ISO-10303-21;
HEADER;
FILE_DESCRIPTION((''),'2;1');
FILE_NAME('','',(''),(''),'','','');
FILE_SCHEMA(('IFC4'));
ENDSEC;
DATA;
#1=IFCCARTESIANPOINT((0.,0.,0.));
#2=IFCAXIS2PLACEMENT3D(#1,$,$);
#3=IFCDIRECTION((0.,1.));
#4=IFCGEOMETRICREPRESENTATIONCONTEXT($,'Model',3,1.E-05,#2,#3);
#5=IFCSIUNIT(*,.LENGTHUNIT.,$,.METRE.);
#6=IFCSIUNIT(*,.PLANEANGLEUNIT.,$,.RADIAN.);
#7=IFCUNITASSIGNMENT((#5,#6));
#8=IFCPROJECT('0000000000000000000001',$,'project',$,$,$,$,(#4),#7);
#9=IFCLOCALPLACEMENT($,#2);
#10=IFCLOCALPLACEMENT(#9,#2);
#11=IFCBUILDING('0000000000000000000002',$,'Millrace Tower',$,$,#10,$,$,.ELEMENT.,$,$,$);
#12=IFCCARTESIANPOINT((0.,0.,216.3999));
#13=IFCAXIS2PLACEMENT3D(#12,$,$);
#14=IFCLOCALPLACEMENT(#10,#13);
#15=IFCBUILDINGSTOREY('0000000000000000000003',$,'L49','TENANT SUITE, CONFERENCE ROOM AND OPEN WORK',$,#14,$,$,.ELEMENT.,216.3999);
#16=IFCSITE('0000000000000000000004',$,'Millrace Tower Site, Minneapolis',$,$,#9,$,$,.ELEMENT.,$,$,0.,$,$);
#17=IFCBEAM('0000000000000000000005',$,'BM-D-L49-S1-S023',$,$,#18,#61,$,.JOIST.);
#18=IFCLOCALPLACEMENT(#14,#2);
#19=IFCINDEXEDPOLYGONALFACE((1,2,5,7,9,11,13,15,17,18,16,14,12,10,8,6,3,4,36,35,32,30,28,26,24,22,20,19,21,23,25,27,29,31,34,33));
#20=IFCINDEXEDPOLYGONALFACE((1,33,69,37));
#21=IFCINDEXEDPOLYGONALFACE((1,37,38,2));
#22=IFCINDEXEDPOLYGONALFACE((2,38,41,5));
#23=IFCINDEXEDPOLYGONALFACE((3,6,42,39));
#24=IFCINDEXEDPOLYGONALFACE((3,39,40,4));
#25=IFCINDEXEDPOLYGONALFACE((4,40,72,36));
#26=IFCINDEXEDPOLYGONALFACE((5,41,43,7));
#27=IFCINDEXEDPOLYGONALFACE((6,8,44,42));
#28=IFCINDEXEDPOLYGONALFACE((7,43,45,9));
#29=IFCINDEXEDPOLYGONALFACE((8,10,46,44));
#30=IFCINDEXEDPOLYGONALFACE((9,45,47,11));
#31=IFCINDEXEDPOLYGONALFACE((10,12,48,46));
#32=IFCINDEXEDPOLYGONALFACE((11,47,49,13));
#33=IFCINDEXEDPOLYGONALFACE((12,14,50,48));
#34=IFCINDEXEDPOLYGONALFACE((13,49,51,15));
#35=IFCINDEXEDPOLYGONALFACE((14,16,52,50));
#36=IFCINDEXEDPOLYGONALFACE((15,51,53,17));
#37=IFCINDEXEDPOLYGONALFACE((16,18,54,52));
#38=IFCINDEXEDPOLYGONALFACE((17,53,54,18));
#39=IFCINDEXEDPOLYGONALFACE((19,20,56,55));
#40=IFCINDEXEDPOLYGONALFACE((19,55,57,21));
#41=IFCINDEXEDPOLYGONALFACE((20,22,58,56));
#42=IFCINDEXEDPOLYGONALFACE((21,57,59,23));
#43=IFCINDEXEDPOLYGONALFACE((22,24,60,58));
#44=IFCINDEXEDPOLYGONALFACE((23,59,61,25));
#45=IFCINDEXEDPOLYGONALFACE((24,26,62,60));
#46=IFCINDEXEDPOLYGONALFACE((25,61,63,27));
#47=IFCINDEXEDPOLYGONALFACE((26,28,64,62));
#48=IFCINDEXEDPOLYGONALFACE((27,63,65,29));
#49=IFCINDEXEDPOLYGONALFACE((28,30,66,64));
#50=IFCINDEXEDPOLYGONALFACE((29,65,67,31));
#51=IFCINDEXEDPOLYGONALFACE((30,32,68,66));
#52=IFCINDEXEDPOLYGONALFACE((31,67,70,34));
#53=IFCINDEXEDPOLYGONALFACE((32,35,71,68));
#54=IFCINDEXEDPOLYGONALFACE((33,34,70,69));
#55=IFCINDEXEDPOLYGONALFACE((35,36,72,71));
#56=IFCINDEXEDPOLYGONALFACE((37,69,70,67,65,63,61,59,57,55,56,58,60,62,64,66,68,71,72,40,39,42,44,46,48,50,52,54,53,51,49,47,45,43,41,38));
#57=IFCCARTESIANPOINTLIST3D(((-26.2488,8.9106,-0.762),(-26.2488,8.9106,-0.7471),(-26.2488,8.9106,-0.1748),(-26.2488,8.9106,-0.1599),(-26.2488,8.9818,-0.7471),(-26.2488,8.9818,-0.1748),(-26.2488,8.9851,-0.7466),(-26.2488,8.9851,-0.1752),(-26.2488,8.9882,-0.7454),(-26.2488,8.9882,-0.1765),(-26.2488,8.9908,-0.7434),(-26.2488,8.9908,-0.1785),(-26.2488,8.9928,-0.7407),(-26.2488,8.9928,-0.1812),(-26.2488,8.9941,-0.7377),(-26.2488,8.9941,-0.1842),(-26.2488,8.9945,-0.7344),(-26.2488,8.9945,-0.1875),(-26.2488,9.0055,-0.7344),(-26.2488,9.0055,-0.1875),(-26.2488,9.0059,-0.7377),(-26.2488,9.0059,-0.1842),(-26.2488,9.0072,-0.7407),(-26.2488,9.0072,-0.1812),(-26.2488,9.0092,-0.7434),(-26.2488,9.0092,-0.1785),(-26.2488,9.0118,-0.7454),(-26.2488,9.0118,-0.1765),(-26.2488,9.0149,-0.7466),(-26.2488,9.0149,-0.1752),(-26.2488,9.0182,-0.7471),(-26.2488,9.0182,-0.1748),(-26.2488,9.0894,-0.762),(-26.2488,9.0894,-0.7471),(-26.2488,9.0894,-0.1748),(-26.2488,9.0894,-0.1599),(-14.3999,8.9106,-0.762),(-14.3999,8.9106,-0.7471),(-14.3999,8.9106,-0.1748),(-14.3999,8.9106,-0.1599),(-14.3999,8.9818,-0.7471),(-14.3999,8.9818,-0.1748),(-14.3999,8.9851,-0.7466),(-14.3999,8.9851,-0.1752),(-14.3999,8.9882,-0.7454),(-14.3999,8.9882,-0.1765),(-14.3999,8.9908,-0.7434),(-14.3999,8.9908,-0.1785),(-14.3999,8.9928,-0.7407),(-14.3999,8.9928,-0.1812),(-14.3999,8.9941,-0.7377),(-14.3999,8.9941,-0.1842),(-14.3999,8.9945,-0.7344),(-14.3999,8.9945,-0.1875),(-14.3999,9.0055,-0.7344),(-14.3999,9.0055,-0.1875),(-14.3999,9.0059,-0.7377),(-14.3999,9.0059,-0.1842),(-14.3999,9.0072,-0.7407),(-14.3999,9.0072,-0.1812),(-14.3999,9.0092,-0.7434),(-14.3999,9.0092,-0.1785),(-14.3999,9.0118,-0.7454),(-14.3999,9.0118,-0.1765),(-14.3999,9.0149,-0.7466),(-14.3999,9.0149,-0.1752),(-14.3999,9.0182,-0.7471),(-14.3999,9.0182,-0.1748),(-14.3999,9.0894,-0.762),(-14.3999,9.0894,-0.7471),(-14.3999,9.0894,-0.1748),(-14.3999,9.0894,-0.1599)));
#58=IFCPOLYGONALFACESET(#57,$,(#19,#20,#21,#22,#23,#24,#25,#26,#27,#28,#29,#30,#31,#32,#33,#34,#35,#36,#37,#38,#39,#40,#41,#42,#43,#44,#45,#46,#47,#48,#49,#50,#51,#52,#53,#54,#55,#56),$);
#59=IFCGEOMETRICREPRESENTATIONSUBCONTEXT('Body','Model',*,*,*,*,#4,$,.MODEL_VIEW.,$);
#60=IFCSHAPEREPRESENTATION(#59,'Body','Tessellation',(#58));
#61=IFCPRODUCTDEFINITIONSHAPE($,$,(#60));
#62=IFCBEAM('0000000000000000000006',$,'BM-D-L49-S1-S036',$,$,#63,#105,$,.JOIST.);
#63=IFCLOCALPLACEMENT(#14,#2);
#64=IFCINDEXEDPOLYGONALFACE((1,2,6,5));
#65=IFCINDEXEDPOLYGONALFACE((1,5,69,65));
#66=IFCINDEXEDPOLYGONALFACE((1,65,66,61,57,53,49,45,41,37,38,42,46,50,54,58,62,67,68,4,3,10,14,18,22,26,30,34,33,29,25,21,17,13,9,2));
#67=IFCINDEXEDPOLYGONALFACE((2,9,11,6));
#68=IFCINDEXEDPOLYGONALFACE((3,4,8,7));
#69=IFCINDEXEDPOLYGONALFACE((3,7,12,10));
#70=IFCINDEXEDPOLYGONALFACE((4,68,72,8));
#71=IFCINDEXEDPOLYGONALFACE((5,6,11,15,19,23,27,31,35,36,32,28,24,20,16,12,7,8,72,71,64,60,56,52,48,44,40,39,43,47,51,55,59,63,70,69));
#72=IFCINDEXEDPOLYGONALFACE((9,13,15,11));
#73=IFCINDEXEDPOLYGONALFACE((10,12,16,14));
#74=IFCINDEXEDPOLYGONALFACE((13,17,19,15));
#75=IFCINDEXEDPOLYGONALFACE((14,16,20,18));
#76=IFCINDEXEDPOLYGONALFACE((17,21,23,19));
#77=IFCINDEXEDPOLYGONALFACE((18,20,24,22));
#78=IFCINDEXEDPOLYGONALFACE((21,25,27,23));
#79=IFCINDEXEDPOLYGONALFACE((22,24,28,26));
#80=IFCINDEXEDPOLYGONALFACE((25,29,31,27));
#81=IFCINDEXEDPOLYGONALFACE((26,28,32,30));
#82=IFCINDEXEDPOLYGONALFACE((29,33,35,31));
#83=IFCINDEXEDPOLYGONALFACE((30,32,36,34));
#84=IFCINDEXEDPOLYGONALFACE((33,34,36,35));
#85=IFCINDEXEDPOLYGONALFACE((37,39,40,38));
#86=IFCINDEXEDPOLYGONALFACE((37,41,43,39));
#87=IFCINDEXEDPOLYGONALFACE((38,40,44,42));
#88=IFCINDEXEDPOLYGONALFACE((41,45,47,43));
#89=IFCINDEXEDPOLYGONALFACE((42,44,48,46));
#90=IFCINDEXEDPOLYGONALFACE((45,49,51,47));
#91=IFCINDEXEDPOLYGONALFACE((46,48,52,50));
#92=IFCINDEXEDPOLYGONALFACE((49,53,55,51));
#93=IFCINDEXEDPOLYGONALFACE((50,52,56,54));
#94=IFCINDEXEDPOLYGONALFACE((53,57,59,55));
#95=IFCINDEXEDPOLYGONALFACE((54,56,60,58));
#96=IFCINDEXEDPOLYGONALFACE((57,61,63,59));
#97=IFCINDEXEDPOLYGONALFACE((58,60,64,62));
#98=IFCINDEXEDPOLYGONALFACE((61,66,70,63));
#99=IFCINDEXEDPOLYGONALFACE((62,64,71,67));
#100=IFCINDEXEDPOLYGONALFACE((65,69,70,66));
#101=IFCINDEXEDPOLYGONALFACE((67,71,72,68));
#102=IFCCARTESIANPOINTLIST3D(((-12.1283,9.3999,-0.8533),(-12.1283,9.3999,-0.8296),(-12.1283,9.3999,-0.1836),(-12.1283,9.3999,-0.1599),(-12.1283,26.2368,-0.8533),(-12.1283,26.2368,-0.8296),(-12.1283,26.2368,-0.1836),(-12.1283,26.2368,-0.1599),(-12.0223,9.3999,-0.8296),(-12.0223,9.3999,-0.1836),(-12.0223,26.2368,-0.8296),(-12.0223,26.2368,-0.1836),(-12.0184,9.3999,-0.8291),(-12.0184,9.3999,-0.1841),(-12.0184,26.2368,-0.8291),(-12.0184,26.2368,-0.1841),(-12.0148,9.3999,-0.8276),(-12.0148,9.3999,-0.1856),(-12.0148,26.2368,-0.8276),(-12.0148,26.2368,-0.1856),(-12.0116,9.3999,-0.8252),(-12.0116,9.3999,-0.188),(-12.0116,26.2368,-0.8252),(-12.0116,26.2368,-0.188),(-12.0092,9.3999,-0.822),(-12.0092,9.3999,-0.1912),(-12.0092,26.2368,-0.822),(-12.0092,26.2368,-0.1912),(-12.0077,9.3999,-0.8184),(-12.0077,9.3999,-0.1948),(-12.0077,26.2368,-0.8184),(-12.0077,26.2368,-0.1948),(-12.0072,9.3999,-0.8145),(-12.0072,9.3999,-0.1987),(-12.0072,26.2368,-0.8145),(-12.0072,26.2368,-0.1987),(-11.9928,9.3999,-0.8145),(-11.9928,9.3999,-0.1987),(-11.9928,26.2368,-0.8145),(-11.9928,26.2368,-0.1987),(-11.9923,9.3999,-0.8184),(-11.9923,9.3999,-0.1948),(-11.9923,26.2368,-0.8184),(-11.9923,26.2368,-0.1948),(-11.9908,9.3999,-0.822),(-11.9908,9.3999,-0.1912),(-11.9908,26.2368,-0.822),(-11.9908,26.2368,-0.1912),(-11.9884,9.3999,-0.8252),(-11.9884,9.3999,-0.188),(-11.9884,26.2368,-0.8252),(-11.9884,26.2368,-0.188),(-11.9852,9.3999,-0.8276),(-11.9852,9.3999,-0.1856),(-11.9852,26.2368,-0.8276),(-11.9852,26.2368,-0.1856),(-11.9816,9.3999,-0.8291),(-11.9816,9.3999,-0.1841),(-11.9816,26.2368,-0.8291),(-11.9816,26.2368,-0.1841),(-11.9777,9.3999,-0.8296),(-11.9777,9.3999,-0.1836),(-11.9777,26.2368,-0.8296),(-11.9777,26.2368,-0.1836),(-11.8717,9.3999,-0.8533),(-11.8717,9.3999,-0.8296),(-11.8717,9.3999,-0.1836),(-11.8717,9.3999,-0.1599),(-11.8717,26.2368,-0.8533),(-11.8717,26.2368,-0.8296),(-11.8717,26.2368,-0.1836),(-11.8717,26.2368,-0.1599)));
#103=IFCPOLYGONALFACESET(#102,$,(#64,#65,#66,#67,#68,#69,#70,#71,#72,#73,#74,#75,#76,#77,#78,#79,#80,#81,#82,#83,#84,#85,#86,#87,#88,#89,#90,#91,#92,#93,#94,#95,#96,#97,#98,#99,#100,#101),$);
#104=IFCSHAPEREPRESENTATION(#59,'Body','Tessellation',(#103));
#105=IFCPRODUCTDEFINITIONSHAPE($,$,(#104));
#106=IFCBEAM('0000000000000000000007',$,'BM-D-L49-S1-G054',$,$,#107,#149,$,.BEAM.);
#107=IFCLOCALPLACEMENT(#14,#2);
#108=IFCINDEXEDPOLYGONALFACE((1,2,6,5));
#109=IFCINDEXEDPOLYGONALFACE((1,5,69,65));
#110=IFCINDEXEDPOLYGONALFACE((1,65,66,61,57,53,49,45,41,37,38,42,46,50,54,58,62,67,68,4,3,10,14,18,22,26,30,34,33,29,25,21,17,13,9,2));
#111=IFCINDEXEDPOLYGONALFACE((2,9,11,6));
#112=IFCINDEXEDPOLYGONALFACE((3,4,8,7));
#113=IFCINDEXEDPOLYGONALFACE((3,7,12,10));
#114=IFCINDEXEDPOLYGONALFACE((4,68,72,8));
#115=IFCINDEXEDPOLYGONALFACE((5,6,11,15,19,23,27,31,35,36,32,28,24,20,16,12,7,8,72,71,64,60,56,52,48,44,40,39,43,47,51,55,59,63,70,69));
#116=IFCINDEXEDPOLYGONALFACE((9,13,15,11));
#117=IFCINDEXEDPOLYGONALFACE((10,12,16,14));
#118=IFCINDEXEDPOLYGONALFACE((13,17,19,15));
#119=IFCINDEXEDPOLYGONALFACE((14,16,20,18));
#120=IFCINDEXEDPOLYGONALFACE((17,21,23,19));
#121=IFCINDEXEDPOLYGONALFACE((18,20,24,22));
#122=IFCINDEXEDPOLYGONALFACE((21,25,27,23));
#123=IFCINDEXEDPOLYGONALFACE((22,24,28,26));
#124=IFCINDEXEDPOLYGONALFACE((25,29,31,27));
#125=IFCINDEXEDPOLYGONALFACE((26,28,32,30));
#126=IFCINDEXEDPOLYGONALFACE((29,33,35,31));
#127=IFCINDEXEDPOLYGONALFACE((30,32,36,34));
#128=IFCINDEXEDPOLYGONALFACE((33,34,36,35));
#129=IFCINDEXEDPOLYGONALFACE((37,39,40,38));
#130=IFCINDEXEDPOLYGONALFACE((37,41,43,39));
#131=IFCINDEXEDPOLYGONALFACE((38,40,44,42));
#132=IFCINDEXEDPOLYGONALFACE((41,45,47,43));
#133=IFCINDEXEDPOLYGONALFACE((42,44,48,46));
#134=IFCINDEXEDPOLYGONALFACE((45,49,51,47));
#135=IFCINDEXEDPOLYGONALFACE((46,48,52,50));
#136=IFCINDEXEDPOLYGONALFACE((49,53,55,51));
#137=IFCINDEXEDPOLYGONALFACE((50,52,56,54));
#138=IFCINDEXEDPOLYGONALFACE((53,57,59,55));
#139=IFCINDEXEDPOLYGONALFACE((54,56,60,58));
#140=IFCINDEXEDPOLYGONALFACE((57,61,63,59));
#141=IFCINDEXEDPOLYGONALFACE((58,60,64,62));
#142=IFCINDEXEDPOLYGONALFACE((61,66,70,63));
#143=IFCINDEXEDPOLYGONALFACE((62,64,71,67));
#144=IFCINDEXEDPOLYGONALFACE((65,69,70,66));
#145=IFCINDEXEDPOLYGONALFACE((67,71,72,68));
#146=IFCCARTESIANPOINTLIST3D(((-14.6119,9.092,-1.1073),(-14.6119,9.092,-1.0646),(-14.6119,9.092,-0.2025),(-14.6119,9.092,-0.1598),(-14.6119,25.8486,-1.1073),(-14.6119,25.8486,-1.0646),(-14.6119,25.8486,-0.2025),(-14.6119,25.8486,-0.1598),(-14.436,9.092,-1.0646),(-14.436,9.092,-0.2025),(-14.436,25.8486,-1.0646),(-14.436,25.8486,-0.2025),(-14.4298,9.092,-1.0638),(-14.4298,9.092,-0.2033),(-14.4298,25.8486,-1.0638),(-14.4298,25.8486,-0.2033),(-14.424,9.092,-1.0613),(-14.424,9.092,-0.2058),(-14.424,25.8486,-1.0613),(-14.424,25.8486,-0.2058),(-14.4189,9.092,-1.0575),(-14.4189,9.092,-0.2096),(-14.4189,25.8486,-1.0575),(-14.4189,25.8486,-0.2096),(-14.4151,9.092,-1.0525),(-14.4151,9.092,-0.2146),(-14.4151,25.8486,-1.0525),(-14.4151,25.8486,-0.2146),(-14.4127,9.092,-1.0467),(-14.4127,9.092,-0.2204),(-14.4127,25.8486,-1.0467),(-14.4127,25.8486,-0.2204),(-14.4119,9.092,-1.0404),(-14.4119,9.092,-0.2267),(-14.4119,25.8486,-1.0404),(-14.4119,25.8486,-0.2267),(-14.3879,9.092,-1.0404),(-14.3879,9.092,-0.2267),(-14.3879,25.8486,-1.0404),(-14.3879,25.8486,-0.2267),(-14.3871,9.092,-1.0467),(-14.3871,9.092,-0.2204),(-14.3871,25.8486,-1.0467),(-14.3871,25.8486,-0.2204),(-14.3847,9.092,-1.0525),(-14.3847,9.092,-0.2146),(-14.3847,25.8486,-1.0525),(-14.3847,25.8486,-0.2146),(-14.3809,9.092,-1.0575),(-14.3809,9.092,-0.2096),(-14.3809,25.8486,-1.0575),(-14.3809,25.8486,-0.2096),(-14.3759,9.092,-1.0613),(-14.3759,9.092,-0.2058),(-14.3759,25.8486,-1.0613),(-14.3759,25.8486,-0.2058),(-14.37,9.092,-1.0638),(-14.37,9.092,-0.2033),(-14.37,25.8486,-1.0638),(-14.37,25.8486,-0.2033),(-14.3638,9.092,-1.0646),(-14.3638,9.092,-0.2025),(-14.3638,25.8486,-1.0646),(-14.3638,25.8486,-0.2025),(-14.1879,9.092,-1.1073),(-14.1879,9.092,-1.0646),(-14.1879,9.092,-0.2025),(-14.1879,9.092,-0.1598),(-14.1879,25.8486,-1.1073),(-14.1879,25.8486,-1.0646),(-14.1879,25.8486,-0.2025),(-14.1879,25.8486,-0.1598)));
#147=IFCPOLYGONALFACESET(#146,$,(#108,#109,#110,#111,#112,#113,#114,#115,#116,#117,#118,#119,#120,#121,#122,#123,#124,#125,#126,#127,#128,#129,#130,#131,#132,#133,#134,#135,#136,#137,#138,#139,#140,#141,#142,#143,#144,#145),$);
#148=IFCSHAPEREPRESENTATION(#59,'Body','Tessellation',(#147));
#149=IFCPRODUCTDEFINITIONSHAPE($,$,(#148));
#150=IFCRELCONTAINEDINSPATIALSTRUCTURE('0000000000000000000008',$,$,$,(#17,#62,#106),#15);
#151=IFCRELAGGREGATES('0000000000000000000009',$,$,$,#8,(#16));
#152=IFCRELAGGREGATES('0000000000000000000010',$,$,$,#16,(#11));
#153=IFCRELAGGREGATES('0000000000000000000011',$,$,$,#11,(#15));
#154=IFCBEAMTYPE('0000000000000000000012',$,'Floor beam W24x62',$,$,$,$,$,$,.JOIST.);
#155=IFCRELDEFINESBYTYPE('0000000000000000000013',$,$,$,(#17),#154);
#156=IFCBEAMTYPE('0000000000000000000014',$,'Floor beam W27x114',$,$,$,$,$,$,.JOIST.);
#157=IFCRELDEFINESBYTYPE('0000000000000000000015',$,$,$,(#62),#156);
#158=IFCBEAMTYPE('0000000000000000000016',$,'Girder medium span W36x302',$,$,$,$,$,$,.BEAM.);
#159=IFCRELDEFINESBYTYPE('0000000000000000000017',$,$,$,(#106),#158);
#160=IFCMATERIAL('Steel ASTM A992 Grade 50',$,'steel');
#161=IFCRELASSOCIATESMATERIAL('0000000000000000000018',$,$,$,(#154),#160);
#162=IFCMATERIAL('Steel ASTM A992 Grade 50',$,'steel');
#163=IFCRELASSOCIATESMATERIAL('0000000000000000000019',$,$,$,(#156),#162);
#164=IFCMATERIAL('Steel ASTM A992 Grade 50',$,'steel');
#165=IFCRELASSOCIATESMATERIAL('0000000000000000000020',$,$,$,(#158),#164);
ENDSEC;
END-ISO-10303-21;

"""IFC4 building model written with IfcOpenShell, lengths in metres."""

from ifc_helpers import new_model, si_unit, direction, frame, origin, origin_2d, place, context, subcontext, project, spatial, i_section, extrude, material, material_profile, profile_set, type_object, element, save


model = new_model("IFC4")

# Units and contexts
model_context = context("Model", 3, precision=1e-05, world=origin(), true_north=direction((0.0, 1.0)))
body_context = subcontext(model_context, "Body", "Model", "MODEL_VIEW")
ifc_project = project(units=[si_unit("LENGTHUNIT", "METRE"), si_unit("PLANEANGLEUNIT", "RADIAN")], contexts=[model_context])

# Site, building, storey
site_placement = place(None, origin())
site = spatial("IfcSite", under=ifc_project, at=site_placement, Name="Millrace Tower Site, Minneapolis", CompositionType="ELEMENT", RefElevation=0.0)
building_placement = place(site_placement, origin())
building = spatial("IfcBuilding", under=site, at=building_placement, Name="Millrace Tower", CompositionType="ELEMENT")
storey_placement = place(building_placement, frame((0.0, 0.0, 216.3999)))
storey = spatial("IfcBuildingStorey", under=building, at=storey_placement, Name="L49", Description="TENANT SUITE, CONFERENCE ROOM AND OPEN WORK", CompositionType="ELEMENT", Elevation=216.3999)

# Beams
ifc_material_1 = material(Name="Steel ASTM A992 Grade 50", Category="steel")
ifc_material_profile_1 = material_profile(ifc_material_1, i_section(OverallWidth=0.1787, OverallDepth=0.6021, WebThickness=0.011, FlangeThickness=0.0149, FilletRadius=0.0127, at=origin_2d()))
ifc_profile_set_1 = profile_set([ifc_material_profile_1], Name="Steel ASTM A992 Grade 50")
beam_type_1 = type_object("IfcBeamType", Name="Floor beam W24x62", PredefinedType="JOIST", material=ifc_profile_set_1)
beam_1_placement = place(storey_placement, frame((-26.2488, 9.0, -0.4609), z_axis=(1.0, 0.0, 0.0), x_axis=(0.0, 1.0, 0.0)))
element("IfcBeam", 1, at=beam_1_placement, inside=storey, type_object=beam_type_1, Name="BM-D-L49-S1-S023", PredefinedType="JOIST", context=body_context, shape_type="SweptSolid", body=[
    extrude(i_section(OverallWidth=0.1787, OverallDepth=0.6021, WebThickness=0.011, FlangeThickness=0.0149, FilletRadius=0.0127, at=origin_2d()), origin(), (0.0, 0.0, 1.0), 11.8489),
])
ifc_material_2 = material(Name="Steel ASTM A992 Grade 50", Category="steel")
ifc_material_profile_2 = material_profile(ifc_material_2, i_section(OverallWidth=0.2566, OverallDepth=0.6934, WebThickness=0.0144, FlangeThickness=0.0237, FilletRadius=0.0151, at=origin_2d()))
ifc_profile_set_2 = profile_set([ifc_material_profile_2], Name="Steel ASTM A992 Grade 50")
beam_type_2 = type_object("IfcBeamType", Name="Floor beam W27x114", PredefinedType="JOIST", material=ifc_profile_set_2)
beam_2_placement = place(storey_placement, frame((-12.0, 9.3999, -0.5066), z_axis=(0.0, 1.0, 0.0), x_axis=(-1.0, 0.0, 0.0)))
element("IfcBeam", 2, at=beam_2_placement, inside=storey, type_object=beam_type_2, Name="BM-D-L49-S1-S036", PredefinedType="JOIST", context=body_context, shape_type="SweptSolid", body=[
    extrude(i_section(OverallWidth=0.2566, OverallDepth=0.6934, WebThickness=0.0144, FlangeThickness=0.0237, FilletRadius=0.0151, at=origin_2d()), origin(), (0.0, 0.0, 1.0), 16.8369),
])
ifc_material_3 = material(Name="Steel ASTM A992 Grade 50", Category="steel")
ifc_material_profile_3 = material_profile(ifc_material_3, i_section(OverallWidth=0.4241, OverallDepth=0.9475, WebThickness=0.0239, FlangeThickness=0.0427, FilletRadius=0.0242, at=origin_2d()))
ifc_profile_set_3 = profile_set([ifc_material_profile_3], Name="Steel ASTM A992 Grade 50")
beam_type_3 = type_object("IfcBeamType", Name="Girder medium span W36x302", PredefinedType="BEAM", material=ifc_profile_set_3)
beam_3_placement = place(storey_placement, frame((-14.3999, 9.092, -0.6335), z_axis=(0.0, 1.0, 0.0), x_axis=(-1.0, 0.0, 0.0)))
element("IfcBeam", 3, at=beam_3_placement, inside=storey, type_object=beam_type_3, Name="BM-D-L49-S1-G054", PredefinedType="BEAM", context=body_context, shape_type="SweptSolid", body=[
    extrude(i_section(OverallWidth=0.4241, OverallDepth=0.9475, WebThickness=0.0239, FlangeThickness=0.0427, FilletRadius=0.0242, at=origin_2d()), origin(), (0.0, 0.0, 1.0), 16.7566),
])

save(model, "model.ifc")
